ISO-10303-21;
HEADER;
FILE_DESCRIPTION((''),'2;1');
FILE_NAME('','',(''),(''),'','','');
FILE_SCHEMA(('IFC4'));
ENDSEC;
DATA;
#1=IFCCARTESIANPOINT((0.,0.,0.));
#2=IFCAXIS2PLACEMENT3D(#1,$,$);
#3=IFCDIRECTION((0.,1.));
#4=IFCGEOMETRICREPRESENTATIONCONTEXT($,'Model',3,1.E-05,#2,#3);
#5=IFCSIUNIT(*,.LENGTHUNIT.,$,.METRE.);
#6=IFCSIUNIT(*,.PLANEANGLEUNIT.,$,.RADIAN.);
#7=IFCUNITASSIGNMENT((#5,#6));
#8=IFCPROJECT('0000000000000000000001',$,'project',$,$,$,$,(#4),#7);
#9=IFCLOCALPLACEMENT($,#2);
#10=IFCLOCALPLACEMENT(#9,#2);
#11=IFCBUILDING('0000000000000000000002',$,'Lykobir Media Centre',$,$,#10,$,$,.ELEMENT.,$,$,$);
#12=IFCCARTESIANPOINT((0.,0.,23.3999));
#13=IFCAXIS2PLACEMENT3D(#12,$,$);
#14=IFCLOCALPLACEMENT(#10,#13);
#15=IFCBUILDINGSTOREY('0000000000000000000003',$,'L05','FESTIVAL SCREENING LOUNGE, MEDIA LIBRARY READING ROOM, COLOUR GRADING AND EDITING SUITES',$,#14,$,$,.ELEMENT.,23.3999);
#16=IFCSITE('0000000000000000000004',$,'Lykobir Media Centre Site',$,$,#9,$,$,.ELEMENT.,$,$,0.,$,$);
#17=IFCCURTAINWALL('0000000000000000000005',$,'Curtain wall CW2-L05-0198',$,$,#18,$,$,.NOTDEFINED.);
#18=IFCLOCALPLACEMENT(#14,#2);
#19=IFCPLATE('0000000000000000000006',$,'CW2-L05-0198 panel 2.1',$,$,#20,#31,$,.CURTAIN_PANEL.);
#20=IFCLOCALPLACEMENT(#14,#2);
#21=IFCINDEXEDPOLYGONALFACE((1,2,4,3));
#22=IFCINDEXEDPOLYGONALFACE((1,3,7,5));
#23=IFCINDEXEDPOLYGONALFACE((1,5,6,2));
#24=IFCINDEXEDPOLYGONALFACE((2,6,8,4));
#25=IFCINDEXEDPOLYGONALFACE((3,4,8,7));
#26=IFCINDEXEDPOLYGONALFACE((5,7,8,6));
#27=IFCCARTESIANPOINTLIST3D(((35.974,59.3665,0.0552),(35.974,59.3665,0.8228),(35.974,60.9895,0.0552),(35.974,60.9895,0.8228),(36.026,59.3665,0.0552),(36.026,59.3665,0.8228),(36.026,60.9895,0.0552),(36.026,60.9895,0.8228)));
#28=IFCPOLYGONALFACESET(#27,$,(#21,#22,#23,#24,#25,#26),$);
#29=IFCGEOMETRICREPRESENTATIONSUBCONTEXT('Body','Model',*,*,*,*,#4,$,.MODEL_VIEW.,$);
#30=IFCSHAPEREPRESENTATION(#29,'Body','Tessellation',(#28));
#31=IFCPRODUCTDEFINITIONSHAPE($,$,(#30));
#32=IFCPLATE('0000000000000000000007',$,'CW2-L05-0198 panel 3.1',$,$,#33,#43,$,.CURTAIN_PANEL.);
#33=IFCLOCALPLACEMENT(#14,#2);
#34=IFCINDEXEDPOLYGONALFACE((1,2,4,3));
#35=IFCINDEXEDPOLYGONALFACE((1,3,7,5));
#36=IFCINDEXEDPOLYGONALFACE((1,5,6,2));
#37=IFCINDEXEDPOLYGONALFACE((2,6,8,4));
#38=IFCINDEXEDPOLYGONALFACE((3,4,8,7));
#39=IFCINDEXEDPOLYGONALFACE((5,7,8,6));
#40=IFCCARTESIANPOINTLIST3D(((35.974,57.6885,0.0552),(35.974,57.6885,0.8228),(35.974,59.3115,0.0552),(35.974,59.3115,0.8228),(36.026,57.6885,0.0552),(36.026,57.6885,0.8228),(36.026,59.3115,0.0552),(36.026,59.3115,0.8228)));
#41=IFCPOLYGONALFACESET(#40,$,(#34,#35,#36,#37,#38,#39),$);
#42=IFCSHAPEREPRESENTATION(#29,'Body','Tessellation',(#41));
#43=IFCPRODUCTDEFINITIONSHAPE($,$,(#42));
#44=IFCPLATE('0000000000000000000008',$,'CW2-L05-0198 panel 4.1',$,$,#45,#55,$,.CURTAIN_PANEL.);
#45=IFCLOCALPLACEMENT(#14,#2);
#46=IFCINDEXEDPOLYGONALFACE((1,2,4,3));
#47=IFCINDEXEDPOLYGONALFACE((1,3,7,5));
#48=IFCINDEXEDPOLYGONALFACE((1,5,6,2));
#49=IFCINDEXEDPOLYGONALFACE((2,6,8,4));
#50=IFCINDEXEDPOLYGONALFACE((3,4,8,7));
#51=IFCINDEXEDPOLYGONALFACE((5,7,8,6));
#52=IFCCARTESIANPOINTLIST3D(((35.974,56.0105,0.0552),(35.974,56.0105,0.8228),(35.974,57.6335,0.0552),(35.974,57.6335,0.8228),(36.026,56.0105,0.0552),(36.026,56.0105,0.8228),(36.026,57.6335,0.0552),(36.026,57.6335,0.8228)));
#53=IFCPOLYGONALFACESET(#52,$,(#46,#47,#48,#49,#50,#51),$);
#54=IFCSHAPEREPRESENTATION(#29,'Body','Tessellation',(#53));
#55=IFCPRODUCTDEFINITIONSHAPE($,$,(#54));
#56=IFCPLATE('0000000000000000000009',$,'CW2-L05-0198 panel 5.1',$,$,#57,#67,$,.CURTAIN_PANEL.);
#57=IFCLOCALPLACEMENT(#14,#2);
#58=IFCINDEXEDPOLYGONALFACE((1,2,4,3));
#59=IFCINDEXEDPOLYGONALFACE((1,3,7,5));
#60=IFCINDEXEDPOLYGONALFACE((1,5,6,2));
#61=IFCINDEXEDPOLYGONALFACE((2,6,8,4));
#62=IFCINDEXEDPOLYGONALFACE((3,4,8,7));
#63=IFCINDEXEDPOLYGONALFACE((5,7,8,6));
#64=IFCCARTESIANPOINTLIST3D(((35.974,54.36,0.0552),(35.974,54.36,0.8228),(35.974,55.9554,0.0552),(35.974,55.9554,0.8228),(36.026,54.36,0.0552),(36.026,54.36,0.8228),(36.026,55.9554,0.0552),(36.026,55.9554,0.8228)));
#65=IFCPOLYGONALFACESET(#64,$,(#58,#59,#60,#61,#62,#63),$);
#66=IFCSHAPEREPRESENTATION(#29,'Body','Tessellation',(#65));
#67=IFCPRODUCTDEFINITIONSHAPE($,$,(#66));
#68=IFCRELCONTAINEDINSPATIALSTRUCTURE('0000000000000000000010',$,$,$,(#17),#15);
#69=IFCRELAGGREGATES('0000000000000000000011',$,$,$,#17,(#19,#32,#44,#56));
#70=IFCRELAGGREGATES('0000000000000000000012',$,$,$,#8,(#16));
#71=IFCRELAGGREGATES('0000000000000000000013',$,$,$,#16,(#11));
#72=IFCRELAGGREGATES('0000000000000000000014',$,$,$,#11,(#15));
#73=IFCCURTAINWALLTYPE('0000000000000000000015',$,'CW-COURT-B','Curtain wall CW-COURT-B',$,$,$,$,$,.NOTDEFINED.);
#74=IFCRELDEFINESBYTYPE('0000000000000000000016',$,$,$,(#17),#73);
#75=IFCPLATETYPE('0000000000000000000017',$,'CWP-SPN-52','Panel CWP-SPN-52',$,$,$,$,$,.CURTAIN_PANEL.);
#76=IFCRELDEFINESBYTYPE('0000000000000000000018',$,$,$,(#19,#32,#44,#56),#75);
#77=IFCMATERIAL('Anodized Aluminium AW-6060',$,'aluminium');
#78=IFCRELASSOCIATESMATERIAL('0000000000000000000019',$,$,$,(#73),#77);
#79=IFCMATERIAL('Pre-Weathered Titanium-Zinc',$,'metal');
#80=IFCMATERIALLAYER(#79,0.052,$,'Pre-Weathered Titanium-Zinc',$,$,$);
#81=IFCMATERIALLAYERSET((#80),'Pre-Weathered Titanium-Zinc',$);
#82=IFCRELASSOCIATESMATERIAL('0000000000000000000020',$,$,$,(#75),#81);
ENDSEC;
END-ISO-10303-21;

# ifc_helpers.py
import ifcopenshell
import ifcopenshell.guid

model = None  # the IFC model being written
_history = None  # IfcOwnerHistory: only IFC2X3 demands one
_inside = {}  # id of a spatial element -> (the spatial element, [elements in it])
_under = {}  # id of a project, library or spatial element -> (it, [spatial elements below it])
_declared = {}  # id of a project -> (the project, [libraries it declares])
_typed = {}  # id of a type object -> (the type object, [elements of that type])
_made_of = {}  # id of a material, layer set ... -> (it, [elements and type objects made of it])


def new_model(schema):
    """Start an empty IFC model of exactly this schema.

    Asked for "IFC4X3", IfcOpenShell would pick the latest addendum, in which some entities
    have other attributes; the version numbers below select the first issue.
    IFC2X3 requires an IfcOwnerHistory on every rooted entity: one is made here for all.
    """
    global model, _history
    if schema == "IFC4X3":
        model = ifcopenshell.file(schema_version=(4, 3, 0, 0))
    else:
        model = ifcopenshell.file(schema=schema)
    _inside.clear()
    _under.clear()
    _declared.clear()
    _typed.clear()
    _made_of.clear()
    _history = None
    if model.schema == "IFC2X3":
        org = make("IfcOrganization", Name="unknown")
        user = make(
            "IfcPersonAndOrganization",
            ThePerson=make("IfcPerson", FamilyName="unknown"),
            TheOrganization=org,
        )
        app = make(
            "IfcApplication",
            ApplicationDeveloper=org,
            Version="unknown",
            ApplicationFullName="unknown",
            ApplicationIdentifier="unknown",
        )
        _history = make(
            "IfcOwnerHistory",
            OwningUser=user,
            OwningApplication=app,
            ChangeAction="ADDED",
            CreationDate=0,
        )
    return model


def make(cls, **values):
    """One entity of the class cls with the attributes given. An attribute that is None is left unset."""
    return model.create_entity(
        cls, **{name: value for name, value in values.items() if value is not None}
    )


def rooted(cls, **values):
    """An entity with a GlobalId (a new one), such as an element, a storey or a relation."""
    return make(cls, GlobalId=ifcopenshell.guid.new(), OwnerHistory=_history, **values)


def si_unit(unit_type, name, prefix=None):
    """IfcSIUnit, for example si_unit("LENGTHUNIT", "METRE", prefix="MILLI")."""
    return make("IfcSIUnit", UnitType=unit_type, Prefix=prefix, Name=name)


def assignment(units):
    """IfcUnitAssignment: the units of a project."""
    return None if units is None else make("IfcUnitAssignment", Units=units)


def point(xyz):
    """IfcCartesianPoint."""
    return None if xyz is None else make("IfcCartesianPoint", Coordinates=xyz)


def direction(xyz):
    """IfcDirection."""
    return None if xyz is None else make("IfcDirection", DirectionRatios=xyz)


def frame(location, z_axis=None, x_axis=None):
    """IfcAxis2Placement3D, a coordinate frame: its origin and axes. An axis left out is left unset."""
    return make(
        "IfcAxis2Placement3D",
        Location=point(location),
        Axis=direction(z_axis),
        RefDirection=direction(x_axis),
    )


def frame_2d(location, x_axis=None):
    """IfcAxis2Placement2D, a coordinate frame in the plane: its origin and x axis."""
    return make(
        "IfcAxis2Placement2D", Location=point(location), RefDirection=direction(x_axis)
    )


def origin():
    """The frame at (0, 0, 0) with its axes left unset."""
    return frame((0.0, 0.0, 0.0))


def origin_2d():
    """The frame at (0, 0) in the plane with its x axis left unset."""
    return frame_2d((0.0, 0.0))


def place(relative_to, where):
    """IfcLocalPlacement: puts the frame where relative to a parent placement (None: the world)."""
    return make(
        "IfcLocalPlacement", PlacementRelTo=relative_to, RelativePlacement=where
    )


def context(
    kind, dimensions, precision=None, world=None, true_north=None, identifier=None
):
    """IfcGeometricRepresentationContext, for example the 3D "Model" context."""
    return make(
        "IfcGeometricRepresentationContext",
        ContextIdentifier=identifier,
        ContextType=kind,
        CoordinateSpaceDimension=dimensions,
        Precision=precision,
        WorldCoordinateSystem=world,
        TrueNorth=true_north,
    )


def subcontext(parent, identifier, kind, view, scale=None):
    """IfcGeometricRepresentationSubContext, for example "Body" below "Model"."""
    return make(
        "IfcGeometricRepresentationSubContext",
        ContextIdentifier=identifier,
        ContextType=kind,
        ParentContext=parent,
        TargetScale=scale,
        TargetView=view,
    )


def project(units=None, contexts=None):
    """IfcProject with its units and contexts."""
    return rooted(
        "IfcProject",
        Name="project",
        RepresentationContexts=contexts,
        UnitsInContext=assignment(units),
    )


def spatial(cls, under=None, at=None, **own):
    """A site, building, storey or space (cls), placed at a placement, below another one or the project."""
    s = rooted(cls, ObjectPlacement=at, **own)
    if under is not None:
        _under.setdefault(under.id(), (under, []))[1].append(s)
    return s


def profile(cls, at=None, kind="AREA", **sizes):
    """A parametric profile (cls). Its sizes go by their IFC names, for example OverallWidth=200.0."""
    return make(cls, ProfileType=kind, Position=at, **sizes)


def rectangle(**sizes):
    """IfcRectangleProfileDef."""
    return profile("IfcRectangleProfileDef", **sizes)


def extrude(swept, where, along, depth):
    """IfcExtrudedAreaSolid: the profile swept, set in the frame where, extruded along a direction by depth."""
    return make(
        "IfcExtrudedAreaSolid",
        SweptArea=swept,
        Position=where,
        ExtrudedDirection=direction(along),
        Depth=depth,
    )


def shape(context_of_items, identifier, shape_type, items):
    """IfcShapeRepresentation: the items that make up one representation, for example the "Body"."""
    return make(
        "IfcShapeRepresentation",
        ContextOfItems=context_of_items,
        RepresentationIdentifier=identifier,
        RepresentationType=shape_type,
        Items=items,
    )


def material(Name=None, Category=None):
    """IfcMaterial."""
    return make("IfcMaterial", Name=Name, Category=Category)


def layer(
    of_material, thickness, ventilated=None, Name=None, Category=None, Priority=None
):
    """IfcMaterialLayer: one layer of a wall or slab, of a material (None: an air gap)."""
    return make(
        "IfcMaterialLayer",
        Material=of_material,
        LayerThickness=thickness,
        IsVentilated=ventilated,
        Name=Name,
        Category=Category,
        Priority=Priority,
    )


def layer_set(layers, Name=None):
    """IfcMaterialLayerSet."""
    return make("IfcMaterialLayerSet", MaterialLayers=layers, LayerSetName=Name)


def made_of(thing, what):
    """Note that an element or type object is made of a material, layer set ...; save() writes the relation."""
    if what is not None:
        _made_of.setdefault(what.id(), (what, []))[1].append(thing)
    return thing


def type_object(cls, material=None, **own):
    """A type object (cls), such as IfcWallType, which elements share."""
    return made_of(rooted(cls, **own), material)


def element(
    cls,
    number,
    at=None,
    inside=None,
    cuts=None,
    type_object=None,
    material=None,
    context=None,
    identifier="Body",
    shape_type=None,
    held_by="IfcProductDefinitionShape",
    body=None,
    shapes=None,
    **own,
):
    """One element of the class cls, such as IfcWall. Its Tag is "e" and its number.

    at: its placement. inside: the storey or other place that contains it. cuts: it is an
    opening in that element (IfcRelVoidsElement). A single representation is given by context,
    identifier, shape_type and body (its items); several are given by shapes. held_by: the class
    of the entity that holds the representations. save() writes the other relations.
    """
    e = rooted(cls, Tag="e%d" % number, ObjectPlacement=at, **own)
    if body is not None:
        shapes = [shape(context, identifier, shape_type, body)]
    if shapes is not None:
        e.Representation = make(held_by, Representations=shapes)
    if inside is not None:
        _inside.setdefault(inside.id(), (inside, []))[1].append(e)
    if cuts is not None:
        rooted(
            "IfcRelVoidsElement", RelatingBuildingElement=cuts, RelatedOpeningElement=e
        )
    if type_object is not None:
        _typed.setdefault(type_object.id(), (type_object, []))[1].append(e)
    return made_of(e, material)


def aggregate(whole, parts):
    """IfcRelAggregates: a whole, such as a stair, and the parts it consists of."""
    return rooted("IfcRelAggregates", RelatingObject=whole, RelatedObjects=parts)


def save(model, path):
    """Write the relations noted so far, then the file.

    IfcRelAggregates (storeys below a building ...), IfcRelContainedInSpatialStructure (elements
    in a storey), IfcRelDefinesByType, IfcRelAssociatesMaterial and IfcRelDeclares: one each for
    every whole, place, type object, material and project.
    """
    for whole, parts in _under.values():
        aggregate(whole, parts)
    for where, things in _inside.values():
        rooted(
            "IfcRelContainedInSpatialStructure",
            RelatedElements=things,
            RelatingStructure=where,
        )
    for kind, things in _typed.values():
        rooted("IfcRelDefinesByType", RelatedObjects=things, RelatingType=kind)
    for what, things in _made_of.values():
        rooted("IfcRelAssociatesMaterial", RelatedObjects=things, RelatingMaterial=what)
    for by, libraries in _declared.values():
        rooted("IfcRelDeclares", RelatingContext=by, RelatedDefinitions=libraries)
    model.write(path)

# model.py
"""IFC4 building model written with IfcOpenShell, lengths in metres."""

from ifc_helpers import new_model, si_unit, direction, frame, origin, origin_2d, place, context, subcontext, project, spatial, rectangle, extrude, material, layer, layer_set, type_object, element, aggregate, save


model = new_model("IFC4")

# Units and contexts
model_context = context("Model", 3, precision=1e-05, world=origin(), true_north=direction((0.0, 1.0)))
body_context = subcontext(model_context, "Body", "Model", "MODEL_VIEW")
ifc_project = project(units=[si_unit("LENGTHUNIT", "METRE"), si_unit("PLANEANGLEUNIT", "RADIAN")], contexts=[model_context])

# Site, building, storey
site_placement = place(None, origin())
site = spatial("IfcSite", under=ifc_project, at=site_placement, Name="Lykobir Media Centre Site", CompositionType="ELEMENT", RefElevation=0.0)
building_placement = place(site_placement, origin())
building = spatial("IfcBuilding", under=site, at=building_placement, Name="Lykobir Media Centre", CompositionType="ELEMENT")
storey_placement = place(building_placement, frame((0.0, 0.0, 23.3999)))
storey = spatial("IfcBuildingStorey", under=building, at=storey_placement, Name="L05", Description="FESTIVAL SCREENING LOUNGE, MEDIA LIBRARY READING ROOM, COLOUR GRADING AND EDITING SUITES", CompositionType="ELEMENT", Elevation=23.3999)

# Shared definitions
ifc_material_1 = material(Name="Anodized Aluminium AW-6060", Category="aluminium")
curtain_wall_type = type_object("IfcCurtainWallType", Name="CW-COURT-B", Description="Curtain wall CW-COURT-B", PredefinedType="NOTDEFINED", material=ifc_material_1)

# Curtain wall
curtain_wall_1_placement = place(storey_placement, origin())
curtain_wall_1 = element("IfcCurtainWall", 1, at=curtain_wall_1_placement, inside=storey, type_object=curtain_wall_type, Name="Curtain wall CW2-L05-0198", PredefinedType="NOTDEFINED")

# Plates
ifc_material_2 = material(Name="Pre-Weathered Titanium-Zinc", Category="metal")
ifc_layer_1 = layer(ifc_material_2, 0.052, Name="Pre-Weathered Titanium-Zinc")
ifc_layer_set_1 = layer_set([ifc_layer_1], Name="Pre-Weathered Titanium-Zinc")
plate_type_1 = type_object("IfcPlateType", Name="CWP-SPN-52", Description="Panel CWP-SPN-52", PredefinedType="CURTAIN_PANEL", material=ifc_layer_set_1)
plate_1_placement = place(storey_placement, frame((36.0, 60.178, 0.0552), z_axis=(0.0, 0.0, 1.0), x_axis=(0.0, -1.0, 0.0)))
plate_1 = element("IfcPlate", 2, at=plate_1_placement, type_object=plate_type_1, Name="CW2-L05-0198 panel 2.1", PredefinedType="CURTAIN_PANEL", context=body_context, shape_type="SweptSolid", body=[
    extrude(rectangle(XDim=1.623, YDim=0.052, at=origin_2d()), origin(), (0.0, 0.0, 1.0), 0.7676),
])
plate_2_placement = place(storey_placement, frame((36.0, 58.5, 0.0552), z_axis=(0.0, 0.0, 1.0), x_axis=(0.0, -1.0, 0.0)))
plate_2 = element("IfcPlate", 3, at=plate_2_placement, type_object=plate_type_1, Name="CW2-L05-0198 panel 3.1", PredefinedType="CURTAIN_PANEL", context=body_context, shape_type="SweptSolid", body=[
    extrude(rectangle(XDim=1.623, YDim=0.052, at=origin_2d()), origin(), (0.0, 0.0, 1.0), 0.7676),
])
plate_3_placement = place(storey_placement, frame((36.0, 56.822, 0.0552), z_axis=(0.0, 0.0, 1.0), x_axis=(0.0, -1.0, 0.0)))
plate_3 = element("IfcPlate", 4, at=plate_3_placement, type_object=plate_type_1, Name="CW2-L05-0198 panel 4.1", PredefinedType="CURTAIN_PANEL", context=body_context, shape_type="SweptSolid", body=[
    extrude(rectangle(XDim=1.623, YDim=0.052, at=origin_2d()), origin(), (0.0, 0.0, 1.0), 0.7676),
])
plate_4_placement = place(storey_placement, frame((36.0, 55.1577, 0.0552), z_axis=(0.0, 0.0, 1.0), x_axis=(0.0, -1.0, 0.0)))
plate_4 = element("IfcPlate", 5, at=plate_4_placement, type_object=plate_type_1, Name="CW2-L05-0198 panel 5.1", PredefinedType="CURTAIN_PANEL", context=body_context, shape_type="SweptSolid", body=[
    extrude(rectangle(XDim=1.5955, YDim=0.052, at=origin_2d()), origin(), (0.0, 0.0, 1.0), 0.7676),
])
aggregate(curtain_wall_1, [plate_1, plate_2, plate_3, plate_4])

save(model, "model.ifc")
